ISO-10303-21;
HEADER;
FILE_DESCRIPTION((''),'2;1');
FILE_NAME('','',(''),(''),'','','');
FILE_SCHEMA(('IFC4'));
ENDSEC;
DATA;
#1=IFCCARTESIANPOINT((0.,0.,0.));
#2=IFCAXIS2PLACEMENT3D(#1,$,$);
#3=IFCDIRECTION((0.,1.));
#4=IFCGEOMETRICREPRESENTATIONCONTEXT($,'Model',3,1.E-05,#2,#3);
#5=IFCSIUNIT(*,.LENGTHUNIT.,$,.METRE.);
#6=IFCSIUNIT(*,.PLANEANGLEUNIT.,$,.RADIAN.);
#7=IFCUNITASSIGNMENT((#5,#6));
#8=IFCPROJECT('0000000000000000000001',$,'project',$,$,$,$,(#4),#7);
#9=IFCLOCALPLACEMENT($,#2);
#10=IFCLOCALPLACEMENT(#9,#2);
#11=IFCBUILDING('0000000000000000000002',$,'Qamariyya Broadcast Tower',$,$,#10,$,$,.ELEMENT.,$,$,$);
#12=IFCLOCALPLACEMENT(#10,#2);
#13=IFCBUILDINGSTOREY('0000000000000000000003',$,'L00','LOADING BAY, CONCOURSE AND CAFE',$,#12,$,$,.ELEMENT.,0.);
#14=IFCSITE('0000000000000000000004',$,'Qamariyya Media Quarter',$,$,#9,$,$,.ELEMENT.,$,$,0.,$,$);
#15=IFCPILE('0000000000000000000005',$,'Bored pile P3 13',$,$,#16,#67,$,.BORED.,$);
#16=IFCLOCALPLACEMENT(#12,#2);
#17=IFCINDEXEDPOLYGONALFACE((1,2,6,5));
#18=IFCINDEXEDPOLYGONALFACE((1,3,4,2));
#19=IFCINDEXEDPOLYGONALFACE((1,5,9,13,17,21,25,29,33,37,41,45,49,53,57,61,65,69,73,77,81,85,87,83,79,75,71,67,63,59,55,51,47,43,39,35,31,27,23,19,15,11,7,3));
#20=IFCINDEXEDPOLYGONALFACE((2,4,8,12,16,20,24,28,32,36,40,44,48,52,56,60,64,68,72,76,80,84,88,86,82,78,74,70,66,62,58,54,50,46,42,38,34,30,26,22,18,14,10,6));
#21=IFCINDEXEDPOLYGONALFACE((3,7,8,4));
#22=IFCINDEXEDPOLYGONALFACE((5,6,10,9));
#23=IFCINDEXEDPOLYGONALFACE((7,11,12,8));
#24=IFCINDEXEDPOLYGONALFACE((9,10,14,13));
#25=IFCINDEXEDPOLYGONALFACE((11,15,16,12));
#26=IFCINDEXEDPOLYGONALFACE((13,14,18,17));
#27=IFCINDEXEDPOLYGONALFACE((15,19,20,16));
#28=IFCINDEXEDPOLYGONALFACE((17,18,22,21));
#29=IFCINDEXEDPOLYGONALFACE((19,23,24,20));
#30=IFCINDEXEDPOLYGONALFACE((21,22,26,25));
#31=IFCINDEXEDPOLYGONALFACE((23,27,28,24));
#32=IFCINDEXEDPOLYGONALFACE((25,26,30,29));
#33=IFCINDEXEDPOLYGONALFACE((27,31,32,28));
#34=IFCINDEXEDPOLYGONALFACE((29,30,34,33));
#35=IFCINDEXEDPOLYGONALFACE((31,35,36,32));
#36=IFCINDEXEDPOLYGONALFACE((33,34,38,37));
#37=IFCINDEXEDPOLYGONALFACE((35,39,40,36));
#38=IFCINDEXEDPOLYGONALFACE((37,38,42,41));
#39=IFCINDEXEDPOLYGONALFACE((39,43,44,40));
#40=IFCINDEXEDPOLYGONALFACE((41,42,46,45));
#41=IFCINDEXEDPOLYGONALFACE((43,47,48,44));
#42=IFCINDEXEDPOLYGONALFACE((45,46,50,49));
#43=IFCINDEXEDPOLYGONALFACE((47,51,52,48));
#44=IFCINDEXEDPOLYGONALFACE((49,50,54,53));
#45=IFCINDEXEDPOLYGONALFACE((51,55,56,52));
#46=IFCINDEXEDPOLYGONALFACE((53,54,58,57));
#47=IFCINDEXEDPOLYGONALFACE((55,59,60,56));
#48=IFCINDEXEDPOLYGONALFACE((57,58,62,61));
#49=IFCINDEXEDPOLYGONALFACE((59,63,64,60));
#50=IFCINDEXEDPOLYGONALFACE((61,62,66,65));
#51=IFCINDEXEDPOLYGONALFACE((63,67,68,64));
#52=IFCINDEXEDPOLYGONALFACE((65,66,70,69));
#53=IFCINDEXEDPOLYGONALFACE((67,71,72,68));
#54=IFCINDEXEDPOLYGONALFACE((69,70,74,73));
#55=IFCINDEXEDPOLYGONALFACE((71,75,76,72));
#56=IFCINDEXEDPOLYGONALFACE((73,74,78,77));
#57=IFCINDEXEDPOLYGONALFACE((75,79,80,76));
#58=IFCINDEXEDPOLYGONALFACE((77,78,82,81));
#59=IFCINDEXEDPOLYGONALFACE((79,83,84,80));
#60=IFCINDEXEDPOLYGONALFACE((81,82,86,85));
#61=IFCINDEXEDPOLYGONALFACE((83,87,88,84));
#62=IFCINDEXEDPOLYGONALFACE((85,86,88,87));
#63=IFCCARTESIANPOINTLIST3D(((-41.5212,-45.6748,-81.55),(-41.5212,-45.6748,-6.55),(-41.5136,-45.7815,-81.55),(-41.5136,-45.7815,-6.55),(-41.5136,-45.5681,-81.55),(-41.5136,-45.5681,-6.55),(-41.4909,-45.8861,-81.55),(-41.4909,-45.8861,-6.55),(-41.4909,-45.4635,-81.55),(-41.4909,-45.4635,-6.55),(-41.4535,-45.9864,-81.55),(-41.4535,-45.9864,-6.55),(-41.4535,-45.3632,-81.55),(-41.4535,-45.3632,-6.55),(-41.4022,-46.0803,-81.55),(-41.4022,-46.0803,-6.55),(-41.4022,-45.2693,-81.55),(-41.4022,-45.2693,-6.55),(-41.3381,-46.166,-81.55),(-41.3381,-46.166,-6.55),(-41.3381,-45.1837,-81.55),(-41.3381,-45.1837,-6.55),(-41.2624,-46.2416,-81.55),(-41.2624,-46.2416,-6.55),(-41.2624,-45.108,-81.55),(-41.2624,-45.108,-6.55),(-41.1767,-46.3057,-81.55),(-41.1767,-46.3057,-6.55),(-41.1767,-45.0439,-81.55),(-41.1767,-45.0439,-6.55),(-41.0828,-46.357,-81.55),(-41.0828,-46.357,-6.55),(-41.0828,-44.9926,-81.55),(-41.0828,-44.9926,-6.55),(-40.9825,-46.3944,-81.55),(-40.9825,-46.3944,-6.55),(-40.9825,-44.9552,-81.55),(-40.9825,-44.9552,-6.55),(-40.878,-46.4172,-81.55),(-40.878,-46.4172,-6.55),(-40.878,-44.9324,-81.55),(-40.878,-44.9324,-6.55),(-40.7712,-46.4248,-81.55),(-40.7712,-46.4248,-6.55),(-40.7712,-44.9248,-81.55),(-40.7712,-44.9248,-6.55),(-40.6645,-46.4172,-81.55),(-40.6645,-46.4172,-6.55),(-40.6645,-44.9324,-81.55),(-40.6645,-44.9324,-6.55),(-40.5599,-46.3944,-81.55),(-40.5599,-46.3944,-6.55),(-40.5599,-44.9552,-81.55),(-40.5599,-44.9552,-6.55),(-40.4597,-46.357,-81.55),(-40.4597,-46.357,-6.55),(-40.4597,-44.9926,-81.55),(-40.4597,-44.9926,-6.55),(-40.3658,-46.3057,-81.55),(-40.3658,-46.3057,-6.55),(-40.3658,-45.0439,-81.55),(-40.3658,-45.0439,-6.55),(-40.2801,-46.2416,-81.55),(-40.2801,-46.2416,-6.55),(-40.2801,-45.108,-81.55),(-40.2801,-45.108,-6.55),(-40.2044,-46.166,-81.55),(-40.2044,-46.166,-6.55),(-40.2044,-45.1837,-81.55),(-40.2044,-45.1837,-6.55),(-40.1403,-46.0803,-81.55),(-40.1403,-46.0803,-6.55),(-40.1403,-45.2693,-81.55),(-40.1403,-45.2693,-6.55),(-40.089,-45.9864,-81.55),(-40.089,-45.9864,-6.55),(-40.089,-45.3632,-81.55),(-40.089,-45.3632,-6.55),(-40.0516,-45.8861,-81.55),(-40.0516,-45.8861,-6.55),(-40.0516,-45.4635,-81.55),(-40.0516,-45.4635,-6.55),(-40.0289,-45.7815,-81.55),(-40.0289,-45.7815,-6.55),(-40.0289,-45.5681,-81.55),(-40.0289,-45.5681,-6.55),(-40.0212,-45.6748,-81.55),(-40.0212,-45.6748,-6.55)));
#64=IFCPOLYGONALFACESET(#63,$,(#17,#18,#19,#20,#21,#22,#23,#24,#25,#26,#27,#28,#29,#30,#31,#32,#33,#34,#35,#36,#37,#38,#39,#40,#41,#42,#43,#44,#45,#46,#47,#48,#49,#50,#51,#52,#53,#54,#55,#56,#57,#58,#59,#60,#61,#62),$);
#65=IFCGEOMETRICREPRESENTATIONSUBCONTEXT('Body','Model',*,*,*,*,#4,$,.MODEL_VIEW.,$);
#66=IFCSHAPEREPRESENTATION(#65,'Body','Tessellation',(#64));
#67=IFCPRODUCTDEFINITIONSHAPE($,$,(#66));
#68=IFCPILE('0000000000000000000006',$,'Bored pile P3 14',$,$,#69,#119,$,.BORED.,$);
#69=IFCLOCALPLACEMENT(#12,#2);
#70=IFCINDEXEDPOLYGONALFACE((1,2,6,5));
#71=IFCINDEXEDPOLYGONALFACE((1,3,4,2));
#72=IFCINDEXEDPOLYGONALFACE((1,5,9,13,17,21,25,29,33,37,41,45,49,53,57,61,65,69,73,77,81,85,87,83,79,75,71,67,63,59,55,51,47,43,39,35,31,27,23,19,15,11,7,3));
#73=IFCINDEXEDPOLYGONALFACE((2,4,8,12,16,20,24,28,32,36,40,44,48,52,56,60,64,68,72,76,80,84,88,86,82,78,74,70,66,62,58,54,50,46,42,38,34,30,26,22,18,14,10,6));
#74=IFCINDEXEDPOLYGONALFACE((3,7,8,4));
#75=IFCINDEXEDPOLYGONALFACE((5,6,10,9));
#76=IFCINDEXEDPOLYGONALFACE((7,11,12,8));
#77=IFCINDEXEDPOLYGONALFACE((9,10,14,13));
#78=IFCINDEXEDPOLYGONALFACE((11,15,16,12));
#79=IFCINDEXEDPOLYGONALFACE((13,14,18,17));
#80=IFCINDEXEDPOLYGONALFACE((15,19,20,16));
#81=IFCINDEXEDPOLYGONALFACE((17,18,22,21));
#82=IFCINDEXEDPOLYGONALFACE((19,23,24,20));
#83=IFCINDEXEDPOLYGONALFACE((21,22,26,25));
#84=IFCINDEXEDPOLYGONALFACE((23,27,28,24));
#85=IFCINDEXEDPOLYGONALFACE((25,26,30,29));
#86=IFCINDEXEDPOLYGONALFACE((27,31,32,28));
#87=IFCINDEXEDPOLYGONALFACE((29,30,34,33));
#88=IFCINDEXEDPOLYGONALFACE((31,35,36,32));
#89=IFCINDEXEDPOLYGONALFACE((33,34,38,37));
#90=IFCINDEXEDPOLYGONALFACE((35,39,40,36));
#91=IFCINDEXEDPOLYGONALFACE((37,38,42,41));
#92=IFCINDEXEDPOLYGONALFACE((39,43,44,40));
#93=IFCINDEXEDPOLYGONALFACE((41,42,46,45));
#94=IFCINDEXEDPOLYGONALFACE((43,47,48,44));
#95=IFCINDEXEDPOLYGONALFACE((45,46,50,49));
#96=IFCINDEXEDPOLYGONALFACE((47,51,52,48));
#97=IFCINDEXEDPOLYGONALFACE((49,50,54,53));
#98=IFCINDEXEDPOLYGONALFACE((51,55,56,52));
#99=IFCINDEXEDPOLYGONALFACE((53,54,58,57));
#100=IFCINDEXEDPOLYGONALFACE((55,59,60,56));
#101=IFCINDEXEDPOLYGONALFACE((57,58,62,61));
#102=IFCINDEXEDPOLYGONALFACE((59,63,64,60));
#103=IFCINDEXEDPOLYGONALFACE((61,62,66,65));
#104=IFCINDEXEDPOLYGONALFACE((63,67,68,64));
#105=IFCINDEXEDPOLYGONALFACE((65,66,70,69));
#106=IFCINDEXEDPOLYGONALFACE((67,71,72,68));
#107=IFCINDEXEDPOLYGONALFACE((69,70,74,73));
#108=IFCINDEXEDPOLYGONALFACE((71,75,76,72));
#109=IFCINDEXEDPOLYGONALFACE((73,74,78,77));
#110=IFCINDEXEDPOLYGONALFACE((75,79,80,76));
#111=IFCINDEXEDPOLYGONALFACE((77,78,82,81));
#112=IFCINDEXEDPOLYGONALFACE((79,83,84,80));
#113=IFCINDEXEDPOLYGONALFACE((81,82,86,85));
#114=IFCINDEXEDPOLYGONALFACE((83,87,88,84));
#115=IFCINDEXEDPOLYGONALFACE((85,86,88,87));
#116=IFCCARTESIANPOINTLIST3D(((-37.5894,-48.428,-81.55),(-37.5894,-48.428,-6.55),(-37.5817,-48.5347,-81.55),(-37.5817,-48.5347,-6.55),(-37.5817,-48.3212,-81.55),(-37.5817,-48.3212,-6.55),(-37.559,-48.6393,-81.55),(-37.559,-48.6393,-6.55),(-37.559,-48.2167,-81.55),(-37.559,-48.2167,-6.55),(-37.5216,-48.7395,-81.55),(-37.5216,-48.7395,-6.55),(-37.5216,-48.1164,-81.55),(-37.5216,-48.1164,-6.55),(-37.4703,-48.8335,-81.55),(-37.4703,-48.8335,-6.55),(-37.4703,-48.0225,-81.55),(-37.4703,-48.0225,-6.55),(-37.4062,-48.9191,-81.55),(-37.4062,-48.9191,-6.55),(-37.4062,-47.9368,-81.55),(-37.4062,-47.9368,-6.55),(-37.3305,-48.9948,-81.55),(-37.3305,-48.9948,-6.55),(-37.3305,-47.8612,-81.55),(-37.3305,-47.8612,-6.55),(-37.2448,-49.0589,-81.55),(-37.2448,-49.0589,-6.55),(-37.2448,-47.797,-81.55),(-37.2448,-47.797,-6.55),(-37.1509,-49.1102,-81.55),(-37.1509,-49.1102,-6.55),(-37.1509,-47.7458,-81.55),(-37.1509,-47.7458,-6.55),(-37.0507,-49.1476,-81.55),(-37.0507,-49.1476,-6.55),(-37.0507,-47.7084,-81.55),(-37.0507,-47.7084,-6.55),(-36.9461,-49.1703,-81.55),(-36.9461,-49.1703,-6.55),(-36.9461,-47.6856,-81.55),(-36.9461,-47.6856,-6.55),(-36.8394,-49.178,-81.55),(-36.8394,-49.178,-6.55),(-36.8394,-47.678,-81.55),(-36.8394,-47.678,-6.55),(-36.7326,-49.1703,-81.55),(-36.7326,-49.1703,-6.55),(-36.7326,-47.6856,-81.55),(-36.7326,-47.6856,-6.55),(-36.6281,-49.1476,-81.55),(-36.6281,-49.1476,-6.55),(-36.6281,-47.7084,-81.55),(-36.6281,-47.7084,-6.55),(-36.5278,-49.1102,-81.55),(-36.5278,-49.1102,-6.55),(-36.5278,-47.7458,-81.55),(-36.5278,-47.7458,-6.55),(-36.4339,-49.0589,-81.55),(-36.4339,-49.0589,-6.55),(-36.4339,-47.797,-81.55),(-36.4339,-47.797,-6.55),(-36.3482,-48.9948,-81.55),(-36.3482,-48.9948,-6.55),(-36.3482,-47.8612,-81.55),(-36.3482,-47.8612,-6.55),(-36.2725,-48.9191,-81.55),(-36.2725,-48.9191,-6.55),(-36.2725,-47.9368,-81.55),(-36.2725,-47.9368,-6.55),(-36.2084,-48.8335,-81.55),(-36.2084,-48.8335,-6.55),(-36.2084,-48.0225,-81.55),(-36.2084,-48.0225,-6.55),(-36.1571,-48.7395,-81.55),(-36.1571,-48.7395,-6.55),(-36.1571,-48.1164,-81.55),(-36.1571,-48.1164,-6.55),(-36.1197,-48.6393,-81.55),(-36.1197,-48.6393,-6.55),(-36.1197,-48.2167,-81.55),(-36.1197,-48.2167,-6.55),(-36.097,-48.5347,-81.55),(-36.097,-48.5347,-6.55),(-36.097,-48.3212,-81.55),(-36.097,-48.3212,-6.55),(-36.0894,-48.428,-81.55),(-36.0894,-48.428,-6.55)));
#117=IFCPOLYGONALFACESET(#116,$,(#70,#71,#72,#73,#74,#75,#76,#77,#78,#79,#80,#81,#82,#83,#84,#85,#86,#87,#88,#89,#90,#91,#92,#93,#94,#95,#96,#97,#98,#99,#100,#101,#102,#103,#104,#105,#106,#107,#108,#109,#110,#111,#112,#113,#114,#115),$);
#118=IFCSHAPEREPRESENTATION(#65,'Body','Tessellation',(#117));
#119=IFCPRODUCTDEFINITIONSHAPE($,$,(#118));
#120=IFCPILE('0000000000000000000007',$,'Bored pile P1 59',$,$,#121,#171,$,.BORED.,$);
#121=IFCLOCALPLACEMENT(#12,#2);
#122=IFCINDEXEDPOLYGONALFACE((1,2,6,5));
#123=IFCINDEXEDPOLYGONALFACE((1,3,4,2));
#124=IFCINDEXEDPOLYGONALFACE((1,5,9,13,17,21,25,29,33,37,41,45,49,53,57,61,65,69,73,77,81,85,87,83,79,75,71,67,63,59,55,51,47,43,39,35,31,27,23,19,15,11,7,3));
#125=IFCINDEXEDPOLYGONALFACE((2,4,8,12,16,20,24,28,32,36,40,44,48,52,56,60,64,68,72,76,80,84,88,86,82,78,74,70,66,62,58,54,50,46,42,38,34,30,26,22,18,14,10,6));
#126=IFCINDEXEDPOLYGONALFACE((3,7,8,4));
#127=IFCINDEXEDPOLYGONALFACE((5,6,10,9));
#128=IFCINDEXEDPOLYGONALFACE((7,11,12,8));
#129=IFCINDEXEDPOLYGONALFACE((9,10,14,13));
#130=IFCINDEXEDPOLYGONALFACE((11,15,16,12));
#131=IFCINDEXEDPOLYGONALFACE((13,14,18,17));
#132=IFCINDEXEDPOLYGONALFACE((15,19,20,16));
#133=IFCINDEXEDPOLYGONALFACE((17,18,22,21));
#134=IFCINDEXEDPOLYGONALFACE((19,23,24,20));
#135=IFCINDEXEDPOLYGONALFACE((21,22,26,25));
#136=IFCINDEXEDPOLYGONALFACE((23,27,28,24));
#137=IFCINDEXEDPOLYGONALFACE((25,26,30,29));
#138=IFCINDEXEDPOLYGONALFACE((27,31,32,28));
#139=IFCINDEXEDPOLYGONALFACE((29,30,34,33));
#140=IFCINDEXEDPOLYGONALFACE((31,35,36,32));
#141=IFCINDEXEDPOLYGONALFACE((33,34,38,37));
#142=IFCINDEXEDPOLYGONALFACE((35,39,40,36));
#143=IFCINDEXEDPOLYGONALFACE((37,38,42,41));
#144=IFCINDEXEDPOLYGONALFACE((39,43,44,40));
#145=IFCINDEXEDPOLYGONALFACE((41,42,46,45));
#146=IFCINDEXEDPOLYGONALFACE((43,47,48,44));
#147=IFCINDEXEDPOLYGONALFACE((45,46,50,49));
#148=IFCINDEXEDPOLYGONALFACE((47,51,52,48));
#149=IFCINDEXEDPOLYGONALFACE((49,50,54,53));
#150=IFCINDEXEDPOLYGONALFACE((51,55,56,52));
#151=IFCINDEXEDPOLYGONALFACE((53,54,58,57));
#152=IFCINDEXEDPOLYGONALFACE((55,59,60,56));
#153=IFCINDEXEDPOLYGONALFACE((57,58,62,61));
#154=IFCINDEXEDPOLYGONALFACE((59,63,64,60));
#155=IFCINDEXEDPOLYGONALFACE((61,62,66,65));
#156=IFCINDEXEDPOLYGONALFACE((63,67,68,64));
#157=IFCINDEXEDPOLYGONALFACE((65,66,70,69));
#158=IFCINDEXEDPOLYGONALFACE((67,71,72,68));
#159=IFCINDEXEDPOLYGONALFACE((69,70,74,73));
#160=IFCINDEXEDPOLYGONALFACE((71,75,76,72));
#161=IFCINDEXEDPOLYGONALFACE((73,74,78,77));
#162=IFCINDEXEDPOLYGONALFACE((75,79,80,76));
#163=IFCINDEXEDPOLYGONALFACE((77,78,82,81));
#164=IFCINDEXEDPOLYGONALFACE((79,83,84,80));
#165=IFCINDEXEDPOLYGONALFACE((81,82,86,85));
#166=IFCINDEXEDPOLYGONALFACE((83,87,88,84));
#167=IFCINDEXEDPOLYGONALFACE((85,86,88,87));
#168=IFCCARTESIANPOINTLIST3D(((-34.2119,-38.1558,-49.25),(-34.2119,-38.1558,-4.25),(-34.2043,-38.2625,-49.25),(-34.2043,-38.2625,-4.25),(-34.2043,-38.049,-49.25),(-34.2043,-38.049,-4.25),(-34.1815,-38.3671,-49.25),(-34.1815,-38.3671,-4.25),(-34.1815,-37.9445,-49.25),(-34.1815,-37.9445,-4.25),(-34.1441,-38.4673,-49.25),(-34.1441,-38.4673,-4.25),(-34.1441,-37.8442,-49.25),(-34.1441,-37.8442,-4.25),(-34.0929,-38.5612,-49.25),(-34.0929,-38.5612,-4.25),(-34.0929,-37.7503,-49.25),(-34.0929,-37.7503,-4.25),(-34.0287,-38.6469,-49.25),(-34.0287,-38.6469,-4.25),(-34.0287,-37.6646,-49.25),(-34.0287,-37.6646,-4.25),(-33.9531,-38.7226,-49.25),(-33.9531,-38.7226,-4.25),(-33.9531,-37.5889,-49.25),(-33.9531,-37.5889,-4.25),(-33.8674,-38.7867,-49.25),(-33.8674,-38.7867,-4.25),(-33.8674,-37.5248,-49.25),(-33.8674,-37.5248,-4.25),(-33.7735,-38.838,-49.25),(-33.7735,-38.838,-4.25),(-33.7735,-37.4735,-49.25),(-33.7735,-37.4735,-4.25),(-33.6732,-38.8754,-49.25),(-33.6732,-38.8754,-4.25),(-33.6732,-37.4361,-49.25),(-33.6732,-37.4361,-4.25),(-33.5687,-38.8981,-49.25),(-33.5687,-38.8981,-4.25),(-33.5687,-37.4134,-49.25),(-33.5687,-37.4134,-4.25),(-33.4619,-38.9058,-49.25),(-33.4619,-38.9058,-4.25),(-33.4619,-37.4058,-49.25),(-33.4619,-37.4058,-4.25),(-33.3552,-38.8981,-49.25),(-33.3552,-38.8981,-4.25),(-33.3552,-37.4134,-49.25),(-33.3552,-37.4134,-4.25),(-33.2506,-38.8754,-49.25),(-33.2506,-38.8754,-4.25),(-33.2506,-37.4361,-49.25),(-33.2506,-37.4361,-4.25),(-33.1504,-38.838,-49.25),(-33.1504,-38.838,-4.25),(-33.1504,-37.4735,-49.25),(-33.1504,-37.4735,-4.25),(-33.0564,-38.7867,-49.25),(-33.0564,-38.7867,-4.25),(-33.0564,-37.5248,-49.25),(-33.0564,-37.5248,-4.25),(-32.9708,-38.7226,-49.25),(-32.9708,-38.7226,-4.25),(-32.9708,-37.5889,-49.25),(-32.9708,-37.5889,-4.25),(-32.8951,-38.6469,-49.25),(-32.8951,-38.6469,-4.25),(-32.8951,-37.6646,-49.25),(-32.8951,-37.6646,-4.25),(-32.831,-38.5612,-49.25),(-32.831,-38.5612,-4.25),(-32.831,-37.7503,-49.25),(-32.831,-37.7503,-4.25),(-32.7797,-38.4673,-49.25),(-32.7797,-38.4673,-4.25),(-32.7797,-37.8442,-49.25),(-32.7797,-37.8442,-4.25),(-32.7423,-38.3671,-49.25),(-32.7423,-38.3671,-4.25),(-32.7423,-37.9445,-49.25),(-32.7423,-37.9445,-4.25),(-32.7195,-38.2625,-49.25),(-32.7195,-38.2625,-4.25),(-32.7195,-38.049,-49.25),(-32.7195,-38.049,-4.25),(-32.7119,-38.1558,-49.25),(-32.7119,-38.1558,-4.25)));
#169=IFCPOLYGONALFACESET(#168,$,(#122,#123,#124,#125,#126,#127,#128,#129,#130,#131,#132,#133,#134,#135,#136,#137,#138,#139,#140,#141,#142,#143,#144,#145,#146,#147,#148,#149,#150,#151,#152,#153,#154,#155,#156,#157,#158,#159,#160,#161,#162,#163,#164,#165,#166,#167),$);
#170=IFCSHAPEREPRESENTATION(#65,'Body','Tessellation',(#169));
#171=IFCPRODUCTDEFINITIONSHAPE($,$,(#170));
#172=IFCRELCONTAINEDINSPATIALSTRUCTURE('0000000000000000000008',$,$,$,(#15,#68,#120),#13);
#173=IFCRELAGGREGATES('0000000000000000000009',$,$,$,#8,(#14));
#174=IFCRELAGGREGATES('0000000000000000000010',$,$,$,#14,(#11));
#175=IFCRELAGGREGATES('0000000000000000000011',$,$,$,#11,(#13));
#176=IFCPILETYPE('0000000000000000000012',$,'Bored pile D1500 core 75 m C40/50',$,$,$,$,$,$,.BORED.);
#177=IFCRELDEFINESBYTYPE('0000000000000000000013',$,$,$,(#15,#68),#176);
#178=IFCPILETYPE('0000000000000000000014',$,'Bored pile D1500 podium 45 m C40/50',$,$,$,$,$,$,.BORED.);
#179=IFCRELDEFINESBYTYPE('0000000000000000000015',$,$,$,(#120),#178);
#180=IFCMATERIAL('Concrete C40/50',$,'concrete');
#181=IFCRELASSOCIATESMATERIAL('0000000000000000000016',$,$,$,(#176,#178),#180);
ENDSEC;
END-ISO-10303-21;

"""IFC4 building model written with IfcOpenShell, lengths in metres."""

from ifc_helpers import new_model, si_unit, direction, frame, origin, origin_2d, place, context, subcontext, project, spatial, circle, extrude, material, material_profile, profile_set, type_object, element, save


model = new_model("IFC4")

# Units and contexts
model_context = context("Model", 3, precision=1e-05, world=origin(), true_north=direction((0.0, 1.0)))
body_context = subcontext(model_context, "Body", "Model", "MODEL_VIEW")
ifc_project = project(units=[si_unit("LENGTHUNIT", "METRE"), si_unit("PLANEANGLEUNIT", "RADIAN")], contexts=[model_context])

# Site, building, storey
site_placement = place(None, origin())
site = spatial("IfcSite", under=ifc_project, at=site_placement, Name="Qamariyya Media Quarter", CompositionType="ELEMENT", RefElevation=0.0)
building_placement = place(site_placement, origin())
building = spatial("IfcBuilding", under=site, at=building_placement, Name="Qamariyya Broadcast Tower", CompositionType="ELEMENT")
storey_placement = place(building_placement, origin())
storey = spatial("IfcBuildingStorey", under=building, at=storey_placement, Name="L00", Description="LOADING BAY, CONCOURSE AND CAFE", CompositionType="ELEMENT", Elevation=0.0)

# Piles
ifc_material_1 = material(Name="Concrete C40/50", Category="concrete")
ifc_material_profile_1 = material_profile(ifc_material_1, circle(Radius=0.75, at=origin_2d()))
ifc_profile_set_1 = profile_set([ifc_material_profile_1], Name="Concrete C40/50")
pile_type_1 = type_object("IfcPileType", Name="Bored pile D1500 core 75 m C40/50", PredefinedType="BORED", material=ifc_profile_set_1)
for number, where, z_axis, x_axis, name in (
    (1, (-40.7712, -45.6748, -6.55), (0.0, 0.0, -1.0), (1.0, 0.0, 0.0), "Bored pile P3 13"),
    (2, (-36.8394, -48.428, -6.55), (0.0, 0.0, -1.0), (1.0, 0.0, 0.0), "Bored pile P3 14"),
):
    element("IfcPile", number, at=place(storey_placement, frame(where, z_axis=z_axis, x_axis=x_axis)), inside=storey, type_object=pile_type_1, Name=name, PredefinedType="BORED", context=body_context, shape_type="SweptSolid", body=[
        extrude(circle(Radius=0.75, at=origin_2d()), origin(), (0.0, 0.0, 1.0), 75.0),
    ])
ifc_material_profile_2 = material_profile(ifc_material_1, circle(Radius=0.75, at=origin_2d()))
ifc_profile_set_2 = profile_set([ifc_material_profile_2], Name="Concrete C40/50")
pile_type_2 = type_object("IfcPileType", Name="Bored pile D1500 podium 45 m C40/50", PredefinedType="BORED", material=ifc_profile_set_2)
pile_placement = place(storey_placement, frame((-33.4619, -38.1558, -4.25), z_axis=(0.0, 0.0, -1.0), x_axis=(1.0, 0.0, 0.0)))
element("IfcPile", 3, at=pile_placement, inside=storey, type_object=pile_type_2, Name="Bored pile P1 59", PredefinedType="BORED", context=body_context, shape_type="SweptSolid", body=[
    extrude(circle(Radius=0.75, at=origin_2d()), origin(), (0.0, 0.0, 1.0), 45.0),
])

save(model, "model.ifc")
